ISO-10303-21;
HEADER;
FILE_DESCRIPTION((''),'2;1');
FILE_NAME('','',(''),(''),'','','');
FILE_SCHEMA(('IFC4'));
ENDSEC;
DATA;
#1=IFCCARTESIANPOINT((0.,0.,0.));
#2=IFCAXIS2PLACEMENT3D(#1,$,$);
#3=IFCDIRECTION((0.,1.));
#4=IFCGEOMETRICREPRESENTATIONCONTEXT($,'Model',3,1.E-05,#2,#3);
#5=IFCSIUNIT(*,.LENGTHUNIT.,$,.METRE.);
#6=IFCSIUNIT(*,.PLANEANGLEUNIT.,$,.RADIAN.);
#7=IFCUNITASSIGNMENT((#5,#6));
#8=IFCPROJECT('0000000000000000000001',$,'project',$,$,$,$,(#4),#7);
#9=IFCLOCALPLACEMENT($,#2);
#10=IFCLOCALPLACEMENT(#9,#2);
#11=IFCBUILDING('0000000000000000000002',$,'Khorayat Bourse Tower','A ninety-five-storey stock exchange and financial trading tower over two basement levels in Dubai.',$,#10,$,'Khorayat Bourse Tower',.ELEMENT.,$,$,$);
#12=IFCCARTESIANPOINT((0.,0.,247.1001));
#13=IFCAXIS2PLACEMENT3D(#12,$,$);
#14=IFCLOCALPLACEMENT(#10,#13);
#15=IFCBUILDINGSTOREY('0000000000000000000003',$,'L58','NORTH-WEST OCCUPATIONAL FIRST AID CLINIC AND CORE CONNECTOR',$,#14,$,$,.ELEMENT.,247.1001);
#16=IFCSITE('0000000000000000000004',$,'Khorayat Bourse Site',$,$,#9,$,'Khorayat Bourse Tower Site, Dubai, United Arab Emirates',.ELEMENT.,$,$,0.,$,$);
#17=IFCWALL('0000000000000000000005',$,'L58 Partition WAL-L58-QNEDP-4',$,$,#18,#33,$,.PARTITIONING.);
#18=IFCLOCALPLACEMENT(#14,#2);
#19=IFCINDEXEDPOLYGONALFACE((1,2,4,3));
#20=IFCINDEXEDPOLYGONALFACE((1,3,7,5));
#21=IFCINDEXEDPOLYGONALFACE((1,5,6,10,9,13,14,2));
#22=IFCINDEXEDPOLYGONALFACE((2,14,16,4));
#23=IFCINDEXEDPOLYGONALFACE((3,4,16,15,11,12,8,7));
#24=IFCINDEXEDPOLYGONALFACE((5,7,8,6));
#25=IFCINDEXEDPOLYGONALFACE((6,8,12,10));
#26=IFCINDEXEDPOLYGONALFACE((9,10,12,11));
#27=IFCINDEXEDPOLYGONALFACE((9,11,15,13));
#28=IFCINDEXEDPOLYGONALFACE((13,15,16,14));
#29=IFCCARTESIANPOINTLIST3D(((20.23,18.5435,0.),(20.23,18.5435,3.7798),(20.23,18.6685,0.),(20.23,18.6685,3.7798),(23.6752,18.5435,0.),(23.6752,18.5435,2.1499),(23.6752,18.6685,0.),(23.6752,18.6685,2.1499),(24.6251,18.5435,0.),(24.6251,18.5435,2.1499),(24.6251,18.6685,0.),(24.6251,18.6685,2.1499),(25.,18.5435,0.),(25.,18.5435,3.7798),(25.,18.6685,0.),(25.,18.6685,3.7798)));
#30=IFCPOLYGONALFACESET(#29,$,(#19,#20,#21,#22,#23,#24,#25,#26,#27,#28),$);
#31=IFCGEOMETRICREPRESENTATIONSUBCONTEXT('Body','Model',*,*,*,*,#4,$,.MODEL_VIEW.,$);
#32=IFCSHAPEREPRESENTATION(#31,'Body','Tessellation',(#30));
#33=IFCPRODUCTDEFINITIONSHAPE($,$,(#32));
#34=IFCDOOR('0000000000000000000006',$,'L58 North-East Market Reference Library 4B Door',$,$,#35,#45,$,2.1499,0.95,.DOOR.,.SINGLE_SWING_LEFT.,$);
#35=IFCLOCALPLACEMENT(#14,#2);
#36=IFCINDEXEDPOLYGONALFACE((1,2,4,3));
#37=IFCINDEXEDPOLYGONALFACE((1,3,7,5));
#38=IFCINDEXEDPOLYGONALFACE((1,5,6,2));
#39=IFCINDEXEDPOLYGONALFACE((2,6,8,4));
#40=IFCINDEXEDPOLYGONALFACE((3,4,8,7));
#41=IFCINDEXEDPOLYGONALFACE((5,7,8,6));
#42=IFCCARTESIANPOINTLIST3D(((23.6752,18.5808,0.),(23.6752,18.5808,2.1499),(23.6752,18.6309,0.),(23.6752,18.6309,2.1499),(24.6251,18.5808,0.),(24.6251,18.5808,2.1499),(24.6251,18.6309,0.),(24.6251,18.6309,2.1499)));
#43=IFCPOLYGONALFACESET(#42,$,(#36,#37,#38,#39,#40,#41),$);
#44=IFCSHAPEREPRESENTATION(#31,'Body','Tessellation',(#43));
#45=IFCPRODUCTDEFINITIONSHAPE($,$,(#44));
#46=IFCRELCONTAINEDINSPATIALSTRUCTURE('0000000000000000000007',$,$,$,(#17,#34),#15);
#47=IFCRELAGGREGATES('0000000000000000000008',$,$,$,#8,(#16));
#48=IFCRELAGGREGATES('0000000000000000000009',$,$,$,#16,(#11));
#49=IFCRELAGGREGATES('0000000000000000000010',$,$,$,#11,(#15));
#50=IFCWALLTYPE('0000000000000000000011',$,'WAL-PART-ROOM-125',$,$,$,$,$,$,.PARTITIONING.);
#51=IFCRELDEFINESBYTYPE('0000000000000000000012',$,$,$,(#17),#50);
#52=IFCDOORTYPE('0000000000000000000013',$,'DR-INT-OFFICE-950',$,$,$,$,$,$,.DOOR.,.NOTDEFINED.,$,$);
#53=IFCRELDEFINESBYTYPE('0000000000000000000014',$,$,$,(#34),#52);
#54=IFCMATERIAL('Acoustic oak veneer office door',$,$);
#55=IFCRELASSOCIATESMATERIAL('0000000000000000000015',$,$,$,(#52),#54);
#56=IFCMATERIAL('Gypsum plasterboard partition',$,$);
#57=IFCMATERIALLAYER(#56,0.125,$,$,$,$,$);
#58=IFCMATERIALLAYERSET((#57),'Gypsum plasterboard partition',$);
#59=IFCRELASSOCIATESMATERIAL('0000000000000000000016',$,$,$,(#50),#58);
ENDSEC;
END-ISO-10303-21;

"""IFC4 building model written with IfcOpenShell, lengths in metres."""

from ifc_helpers import new_model, si_unit, direction, frame, frame_2d, origin, place, context, subcontext, project, spatial, rectangle, extrude, source, transform, mapped, material, layer, layer_set, type_object, element, fill, save


model = new_model("IFC4")

# Units and contexts
model_context = context("Model", 3, precision=1e-05, world=origin(), true_north=direction((0.0, 1.0)))
body_context = subcontext(model_context, "Body", "Model", "MODEL_VIEW")
ifc_project = project(units=[si_unit("LENGTHUNIT", "METRE"), si_unit("PLANEANGLEUNIT", "RADIAN")], contexts=[model_context])

# Site, building, storey
site_placement = place(None, origin())
site = spatial("IfcSite", under=ifc_project, at=site_placement, Name="Khorayat Bourse Site", LongName="Khorayat Bourse Tower Site, Dubai, United Arab Emirates", CompositionType="ELEMENT", RefElevation=0.0)
building_placement = place(site_placement, origin())
building = spatial("IfcBuilding", under=site, at=building_placement, Name="Khorayat Bourse Tower", Description="A ninety-five-storey stock exchange and financial trading tower over two basement levels in Dubai.", LongName="Khorayat Bourse Tower", CompositionType="ELEMENT")
storey_placement = place(building_placement, frame((0.0, 0.0, 247.1001)))
storey = spatial("IfcBuildingStorey", under=building, at=storey_placement, Name="L58", Description="NORTH-WEST OCCUPATIONAL FIRST AID CLINIC AND CORE CONNECTOR", CompositionType="ELEMENT", Elevation=247.1001)

# Wall, opening, door
ifc_material_1 = material(Name="Acoustic oak veneer office door")
door_type = type_object("IfcDoorType", Name="DR-INT-OFFICE-950", OperationType="NOTDEFINED", PredefinedType="DOOR", material=ifc_material_1)
shared_shape_1 = source(origin(), body_context, "Body", "SweptSolid", [
    extrude(rectangle(XDim=0.95, YDim=2.1499, at=frame_2d((0.4751, 1.075))), frame((0.0, 0.0249, 0.0), z_axis=(0.0, -1.0, 0.0), x_axis=(1.0, 0.0, 0.0)), (0.0, 0.0, 1.0), 0.05),
])
ifc_material_2 = material(Name="Gypsum plasterboard partition")
ifc_layer_1 = layer(ifc_material_2, 0.125)
ifc_layer_set_1 = layer_set([ifc_layer_1], Name="Gypsum plasterboard partition")
wall_type_1 = type_object("IfcWallType", Name="WAL-PART-ROOM-125", PredefinedType="PARTITIONING", material=ifc_layer_set_1)
shared_shape_2 = source(origin(), body_context, "Body", "SweptSolid", [
    extrude(rectangle(XDim=4.77, YDim=0.125, at=frame_2d((2.385, 0.0))), origin(), (0.0, 0.0, 1.0), 3.7798),
])
wall_1_placement = place(storey_placement, frame((20.23, 18.606, 0.0), z_axis=(0.0, 0.0, 1.0), x_axis=(1.0, 0.0, 0.0)))
wall_1 = element("IfcWall", 1, at=wall_1_placement, inside=storey, type_object=wall_type_1, Name="L58 Partition WAL-L58-QNEDP-4", PredefinedType="PARTITIONING", context=body_context, shape_type="MappedRepresentation", body=[
    mapped(shared_shape_2, transform((0.0, 0.0, 0.0), scale=1.0)),
])
shared_shape_3 = source(origin(), body_context, "Body", "SweptSolid", [
    extrude(rectangle(XDim=0.95, YDim=2.1499, at=frame_2d((0.4751, 1.075))), frame((0.0, 0.0725, 0.0), z_axis=(0.0, -1.0, 0.0), x_axis=(1.0, 0.0, 0.0)), (0.0, 0.0, 1.0), 0.145),
])
opening_1_placement = place(wall_1_placement, frame((3.4451, 0.0, 0.0)))
opening_1 = element("IfcOpeningElement", 2, at=opening_1_placement, cuts=wall_1, PredefinedType="OPENING", context=body_context, shape_type="MappedRepresentation", body=[
    mapped(shared_shape_3, transform((0.0, 0.0, 0.0), scale=1.0)),
])
door_1_placement = place(opening_1_placement, origin())
door_1 = element("IfcDoor", 3, at=door_1_placement, inside=storey, type_object=door_type, Name="L58 North-East Market Reference Library 4B Door", OperationType="SINGLE_SWING_LEFT", OverallHeight=2.1499, OverallWidth=0.95, PredefinedType="DOOR", context=body_context, shape_type="MappedRepresentation", body=[
    mapped(shared_shape_1, transform((0.0, 0.0, 0.0), scale=1.0)),
])
fill(opening_1, door_1)

save(model, "model.ifc")
